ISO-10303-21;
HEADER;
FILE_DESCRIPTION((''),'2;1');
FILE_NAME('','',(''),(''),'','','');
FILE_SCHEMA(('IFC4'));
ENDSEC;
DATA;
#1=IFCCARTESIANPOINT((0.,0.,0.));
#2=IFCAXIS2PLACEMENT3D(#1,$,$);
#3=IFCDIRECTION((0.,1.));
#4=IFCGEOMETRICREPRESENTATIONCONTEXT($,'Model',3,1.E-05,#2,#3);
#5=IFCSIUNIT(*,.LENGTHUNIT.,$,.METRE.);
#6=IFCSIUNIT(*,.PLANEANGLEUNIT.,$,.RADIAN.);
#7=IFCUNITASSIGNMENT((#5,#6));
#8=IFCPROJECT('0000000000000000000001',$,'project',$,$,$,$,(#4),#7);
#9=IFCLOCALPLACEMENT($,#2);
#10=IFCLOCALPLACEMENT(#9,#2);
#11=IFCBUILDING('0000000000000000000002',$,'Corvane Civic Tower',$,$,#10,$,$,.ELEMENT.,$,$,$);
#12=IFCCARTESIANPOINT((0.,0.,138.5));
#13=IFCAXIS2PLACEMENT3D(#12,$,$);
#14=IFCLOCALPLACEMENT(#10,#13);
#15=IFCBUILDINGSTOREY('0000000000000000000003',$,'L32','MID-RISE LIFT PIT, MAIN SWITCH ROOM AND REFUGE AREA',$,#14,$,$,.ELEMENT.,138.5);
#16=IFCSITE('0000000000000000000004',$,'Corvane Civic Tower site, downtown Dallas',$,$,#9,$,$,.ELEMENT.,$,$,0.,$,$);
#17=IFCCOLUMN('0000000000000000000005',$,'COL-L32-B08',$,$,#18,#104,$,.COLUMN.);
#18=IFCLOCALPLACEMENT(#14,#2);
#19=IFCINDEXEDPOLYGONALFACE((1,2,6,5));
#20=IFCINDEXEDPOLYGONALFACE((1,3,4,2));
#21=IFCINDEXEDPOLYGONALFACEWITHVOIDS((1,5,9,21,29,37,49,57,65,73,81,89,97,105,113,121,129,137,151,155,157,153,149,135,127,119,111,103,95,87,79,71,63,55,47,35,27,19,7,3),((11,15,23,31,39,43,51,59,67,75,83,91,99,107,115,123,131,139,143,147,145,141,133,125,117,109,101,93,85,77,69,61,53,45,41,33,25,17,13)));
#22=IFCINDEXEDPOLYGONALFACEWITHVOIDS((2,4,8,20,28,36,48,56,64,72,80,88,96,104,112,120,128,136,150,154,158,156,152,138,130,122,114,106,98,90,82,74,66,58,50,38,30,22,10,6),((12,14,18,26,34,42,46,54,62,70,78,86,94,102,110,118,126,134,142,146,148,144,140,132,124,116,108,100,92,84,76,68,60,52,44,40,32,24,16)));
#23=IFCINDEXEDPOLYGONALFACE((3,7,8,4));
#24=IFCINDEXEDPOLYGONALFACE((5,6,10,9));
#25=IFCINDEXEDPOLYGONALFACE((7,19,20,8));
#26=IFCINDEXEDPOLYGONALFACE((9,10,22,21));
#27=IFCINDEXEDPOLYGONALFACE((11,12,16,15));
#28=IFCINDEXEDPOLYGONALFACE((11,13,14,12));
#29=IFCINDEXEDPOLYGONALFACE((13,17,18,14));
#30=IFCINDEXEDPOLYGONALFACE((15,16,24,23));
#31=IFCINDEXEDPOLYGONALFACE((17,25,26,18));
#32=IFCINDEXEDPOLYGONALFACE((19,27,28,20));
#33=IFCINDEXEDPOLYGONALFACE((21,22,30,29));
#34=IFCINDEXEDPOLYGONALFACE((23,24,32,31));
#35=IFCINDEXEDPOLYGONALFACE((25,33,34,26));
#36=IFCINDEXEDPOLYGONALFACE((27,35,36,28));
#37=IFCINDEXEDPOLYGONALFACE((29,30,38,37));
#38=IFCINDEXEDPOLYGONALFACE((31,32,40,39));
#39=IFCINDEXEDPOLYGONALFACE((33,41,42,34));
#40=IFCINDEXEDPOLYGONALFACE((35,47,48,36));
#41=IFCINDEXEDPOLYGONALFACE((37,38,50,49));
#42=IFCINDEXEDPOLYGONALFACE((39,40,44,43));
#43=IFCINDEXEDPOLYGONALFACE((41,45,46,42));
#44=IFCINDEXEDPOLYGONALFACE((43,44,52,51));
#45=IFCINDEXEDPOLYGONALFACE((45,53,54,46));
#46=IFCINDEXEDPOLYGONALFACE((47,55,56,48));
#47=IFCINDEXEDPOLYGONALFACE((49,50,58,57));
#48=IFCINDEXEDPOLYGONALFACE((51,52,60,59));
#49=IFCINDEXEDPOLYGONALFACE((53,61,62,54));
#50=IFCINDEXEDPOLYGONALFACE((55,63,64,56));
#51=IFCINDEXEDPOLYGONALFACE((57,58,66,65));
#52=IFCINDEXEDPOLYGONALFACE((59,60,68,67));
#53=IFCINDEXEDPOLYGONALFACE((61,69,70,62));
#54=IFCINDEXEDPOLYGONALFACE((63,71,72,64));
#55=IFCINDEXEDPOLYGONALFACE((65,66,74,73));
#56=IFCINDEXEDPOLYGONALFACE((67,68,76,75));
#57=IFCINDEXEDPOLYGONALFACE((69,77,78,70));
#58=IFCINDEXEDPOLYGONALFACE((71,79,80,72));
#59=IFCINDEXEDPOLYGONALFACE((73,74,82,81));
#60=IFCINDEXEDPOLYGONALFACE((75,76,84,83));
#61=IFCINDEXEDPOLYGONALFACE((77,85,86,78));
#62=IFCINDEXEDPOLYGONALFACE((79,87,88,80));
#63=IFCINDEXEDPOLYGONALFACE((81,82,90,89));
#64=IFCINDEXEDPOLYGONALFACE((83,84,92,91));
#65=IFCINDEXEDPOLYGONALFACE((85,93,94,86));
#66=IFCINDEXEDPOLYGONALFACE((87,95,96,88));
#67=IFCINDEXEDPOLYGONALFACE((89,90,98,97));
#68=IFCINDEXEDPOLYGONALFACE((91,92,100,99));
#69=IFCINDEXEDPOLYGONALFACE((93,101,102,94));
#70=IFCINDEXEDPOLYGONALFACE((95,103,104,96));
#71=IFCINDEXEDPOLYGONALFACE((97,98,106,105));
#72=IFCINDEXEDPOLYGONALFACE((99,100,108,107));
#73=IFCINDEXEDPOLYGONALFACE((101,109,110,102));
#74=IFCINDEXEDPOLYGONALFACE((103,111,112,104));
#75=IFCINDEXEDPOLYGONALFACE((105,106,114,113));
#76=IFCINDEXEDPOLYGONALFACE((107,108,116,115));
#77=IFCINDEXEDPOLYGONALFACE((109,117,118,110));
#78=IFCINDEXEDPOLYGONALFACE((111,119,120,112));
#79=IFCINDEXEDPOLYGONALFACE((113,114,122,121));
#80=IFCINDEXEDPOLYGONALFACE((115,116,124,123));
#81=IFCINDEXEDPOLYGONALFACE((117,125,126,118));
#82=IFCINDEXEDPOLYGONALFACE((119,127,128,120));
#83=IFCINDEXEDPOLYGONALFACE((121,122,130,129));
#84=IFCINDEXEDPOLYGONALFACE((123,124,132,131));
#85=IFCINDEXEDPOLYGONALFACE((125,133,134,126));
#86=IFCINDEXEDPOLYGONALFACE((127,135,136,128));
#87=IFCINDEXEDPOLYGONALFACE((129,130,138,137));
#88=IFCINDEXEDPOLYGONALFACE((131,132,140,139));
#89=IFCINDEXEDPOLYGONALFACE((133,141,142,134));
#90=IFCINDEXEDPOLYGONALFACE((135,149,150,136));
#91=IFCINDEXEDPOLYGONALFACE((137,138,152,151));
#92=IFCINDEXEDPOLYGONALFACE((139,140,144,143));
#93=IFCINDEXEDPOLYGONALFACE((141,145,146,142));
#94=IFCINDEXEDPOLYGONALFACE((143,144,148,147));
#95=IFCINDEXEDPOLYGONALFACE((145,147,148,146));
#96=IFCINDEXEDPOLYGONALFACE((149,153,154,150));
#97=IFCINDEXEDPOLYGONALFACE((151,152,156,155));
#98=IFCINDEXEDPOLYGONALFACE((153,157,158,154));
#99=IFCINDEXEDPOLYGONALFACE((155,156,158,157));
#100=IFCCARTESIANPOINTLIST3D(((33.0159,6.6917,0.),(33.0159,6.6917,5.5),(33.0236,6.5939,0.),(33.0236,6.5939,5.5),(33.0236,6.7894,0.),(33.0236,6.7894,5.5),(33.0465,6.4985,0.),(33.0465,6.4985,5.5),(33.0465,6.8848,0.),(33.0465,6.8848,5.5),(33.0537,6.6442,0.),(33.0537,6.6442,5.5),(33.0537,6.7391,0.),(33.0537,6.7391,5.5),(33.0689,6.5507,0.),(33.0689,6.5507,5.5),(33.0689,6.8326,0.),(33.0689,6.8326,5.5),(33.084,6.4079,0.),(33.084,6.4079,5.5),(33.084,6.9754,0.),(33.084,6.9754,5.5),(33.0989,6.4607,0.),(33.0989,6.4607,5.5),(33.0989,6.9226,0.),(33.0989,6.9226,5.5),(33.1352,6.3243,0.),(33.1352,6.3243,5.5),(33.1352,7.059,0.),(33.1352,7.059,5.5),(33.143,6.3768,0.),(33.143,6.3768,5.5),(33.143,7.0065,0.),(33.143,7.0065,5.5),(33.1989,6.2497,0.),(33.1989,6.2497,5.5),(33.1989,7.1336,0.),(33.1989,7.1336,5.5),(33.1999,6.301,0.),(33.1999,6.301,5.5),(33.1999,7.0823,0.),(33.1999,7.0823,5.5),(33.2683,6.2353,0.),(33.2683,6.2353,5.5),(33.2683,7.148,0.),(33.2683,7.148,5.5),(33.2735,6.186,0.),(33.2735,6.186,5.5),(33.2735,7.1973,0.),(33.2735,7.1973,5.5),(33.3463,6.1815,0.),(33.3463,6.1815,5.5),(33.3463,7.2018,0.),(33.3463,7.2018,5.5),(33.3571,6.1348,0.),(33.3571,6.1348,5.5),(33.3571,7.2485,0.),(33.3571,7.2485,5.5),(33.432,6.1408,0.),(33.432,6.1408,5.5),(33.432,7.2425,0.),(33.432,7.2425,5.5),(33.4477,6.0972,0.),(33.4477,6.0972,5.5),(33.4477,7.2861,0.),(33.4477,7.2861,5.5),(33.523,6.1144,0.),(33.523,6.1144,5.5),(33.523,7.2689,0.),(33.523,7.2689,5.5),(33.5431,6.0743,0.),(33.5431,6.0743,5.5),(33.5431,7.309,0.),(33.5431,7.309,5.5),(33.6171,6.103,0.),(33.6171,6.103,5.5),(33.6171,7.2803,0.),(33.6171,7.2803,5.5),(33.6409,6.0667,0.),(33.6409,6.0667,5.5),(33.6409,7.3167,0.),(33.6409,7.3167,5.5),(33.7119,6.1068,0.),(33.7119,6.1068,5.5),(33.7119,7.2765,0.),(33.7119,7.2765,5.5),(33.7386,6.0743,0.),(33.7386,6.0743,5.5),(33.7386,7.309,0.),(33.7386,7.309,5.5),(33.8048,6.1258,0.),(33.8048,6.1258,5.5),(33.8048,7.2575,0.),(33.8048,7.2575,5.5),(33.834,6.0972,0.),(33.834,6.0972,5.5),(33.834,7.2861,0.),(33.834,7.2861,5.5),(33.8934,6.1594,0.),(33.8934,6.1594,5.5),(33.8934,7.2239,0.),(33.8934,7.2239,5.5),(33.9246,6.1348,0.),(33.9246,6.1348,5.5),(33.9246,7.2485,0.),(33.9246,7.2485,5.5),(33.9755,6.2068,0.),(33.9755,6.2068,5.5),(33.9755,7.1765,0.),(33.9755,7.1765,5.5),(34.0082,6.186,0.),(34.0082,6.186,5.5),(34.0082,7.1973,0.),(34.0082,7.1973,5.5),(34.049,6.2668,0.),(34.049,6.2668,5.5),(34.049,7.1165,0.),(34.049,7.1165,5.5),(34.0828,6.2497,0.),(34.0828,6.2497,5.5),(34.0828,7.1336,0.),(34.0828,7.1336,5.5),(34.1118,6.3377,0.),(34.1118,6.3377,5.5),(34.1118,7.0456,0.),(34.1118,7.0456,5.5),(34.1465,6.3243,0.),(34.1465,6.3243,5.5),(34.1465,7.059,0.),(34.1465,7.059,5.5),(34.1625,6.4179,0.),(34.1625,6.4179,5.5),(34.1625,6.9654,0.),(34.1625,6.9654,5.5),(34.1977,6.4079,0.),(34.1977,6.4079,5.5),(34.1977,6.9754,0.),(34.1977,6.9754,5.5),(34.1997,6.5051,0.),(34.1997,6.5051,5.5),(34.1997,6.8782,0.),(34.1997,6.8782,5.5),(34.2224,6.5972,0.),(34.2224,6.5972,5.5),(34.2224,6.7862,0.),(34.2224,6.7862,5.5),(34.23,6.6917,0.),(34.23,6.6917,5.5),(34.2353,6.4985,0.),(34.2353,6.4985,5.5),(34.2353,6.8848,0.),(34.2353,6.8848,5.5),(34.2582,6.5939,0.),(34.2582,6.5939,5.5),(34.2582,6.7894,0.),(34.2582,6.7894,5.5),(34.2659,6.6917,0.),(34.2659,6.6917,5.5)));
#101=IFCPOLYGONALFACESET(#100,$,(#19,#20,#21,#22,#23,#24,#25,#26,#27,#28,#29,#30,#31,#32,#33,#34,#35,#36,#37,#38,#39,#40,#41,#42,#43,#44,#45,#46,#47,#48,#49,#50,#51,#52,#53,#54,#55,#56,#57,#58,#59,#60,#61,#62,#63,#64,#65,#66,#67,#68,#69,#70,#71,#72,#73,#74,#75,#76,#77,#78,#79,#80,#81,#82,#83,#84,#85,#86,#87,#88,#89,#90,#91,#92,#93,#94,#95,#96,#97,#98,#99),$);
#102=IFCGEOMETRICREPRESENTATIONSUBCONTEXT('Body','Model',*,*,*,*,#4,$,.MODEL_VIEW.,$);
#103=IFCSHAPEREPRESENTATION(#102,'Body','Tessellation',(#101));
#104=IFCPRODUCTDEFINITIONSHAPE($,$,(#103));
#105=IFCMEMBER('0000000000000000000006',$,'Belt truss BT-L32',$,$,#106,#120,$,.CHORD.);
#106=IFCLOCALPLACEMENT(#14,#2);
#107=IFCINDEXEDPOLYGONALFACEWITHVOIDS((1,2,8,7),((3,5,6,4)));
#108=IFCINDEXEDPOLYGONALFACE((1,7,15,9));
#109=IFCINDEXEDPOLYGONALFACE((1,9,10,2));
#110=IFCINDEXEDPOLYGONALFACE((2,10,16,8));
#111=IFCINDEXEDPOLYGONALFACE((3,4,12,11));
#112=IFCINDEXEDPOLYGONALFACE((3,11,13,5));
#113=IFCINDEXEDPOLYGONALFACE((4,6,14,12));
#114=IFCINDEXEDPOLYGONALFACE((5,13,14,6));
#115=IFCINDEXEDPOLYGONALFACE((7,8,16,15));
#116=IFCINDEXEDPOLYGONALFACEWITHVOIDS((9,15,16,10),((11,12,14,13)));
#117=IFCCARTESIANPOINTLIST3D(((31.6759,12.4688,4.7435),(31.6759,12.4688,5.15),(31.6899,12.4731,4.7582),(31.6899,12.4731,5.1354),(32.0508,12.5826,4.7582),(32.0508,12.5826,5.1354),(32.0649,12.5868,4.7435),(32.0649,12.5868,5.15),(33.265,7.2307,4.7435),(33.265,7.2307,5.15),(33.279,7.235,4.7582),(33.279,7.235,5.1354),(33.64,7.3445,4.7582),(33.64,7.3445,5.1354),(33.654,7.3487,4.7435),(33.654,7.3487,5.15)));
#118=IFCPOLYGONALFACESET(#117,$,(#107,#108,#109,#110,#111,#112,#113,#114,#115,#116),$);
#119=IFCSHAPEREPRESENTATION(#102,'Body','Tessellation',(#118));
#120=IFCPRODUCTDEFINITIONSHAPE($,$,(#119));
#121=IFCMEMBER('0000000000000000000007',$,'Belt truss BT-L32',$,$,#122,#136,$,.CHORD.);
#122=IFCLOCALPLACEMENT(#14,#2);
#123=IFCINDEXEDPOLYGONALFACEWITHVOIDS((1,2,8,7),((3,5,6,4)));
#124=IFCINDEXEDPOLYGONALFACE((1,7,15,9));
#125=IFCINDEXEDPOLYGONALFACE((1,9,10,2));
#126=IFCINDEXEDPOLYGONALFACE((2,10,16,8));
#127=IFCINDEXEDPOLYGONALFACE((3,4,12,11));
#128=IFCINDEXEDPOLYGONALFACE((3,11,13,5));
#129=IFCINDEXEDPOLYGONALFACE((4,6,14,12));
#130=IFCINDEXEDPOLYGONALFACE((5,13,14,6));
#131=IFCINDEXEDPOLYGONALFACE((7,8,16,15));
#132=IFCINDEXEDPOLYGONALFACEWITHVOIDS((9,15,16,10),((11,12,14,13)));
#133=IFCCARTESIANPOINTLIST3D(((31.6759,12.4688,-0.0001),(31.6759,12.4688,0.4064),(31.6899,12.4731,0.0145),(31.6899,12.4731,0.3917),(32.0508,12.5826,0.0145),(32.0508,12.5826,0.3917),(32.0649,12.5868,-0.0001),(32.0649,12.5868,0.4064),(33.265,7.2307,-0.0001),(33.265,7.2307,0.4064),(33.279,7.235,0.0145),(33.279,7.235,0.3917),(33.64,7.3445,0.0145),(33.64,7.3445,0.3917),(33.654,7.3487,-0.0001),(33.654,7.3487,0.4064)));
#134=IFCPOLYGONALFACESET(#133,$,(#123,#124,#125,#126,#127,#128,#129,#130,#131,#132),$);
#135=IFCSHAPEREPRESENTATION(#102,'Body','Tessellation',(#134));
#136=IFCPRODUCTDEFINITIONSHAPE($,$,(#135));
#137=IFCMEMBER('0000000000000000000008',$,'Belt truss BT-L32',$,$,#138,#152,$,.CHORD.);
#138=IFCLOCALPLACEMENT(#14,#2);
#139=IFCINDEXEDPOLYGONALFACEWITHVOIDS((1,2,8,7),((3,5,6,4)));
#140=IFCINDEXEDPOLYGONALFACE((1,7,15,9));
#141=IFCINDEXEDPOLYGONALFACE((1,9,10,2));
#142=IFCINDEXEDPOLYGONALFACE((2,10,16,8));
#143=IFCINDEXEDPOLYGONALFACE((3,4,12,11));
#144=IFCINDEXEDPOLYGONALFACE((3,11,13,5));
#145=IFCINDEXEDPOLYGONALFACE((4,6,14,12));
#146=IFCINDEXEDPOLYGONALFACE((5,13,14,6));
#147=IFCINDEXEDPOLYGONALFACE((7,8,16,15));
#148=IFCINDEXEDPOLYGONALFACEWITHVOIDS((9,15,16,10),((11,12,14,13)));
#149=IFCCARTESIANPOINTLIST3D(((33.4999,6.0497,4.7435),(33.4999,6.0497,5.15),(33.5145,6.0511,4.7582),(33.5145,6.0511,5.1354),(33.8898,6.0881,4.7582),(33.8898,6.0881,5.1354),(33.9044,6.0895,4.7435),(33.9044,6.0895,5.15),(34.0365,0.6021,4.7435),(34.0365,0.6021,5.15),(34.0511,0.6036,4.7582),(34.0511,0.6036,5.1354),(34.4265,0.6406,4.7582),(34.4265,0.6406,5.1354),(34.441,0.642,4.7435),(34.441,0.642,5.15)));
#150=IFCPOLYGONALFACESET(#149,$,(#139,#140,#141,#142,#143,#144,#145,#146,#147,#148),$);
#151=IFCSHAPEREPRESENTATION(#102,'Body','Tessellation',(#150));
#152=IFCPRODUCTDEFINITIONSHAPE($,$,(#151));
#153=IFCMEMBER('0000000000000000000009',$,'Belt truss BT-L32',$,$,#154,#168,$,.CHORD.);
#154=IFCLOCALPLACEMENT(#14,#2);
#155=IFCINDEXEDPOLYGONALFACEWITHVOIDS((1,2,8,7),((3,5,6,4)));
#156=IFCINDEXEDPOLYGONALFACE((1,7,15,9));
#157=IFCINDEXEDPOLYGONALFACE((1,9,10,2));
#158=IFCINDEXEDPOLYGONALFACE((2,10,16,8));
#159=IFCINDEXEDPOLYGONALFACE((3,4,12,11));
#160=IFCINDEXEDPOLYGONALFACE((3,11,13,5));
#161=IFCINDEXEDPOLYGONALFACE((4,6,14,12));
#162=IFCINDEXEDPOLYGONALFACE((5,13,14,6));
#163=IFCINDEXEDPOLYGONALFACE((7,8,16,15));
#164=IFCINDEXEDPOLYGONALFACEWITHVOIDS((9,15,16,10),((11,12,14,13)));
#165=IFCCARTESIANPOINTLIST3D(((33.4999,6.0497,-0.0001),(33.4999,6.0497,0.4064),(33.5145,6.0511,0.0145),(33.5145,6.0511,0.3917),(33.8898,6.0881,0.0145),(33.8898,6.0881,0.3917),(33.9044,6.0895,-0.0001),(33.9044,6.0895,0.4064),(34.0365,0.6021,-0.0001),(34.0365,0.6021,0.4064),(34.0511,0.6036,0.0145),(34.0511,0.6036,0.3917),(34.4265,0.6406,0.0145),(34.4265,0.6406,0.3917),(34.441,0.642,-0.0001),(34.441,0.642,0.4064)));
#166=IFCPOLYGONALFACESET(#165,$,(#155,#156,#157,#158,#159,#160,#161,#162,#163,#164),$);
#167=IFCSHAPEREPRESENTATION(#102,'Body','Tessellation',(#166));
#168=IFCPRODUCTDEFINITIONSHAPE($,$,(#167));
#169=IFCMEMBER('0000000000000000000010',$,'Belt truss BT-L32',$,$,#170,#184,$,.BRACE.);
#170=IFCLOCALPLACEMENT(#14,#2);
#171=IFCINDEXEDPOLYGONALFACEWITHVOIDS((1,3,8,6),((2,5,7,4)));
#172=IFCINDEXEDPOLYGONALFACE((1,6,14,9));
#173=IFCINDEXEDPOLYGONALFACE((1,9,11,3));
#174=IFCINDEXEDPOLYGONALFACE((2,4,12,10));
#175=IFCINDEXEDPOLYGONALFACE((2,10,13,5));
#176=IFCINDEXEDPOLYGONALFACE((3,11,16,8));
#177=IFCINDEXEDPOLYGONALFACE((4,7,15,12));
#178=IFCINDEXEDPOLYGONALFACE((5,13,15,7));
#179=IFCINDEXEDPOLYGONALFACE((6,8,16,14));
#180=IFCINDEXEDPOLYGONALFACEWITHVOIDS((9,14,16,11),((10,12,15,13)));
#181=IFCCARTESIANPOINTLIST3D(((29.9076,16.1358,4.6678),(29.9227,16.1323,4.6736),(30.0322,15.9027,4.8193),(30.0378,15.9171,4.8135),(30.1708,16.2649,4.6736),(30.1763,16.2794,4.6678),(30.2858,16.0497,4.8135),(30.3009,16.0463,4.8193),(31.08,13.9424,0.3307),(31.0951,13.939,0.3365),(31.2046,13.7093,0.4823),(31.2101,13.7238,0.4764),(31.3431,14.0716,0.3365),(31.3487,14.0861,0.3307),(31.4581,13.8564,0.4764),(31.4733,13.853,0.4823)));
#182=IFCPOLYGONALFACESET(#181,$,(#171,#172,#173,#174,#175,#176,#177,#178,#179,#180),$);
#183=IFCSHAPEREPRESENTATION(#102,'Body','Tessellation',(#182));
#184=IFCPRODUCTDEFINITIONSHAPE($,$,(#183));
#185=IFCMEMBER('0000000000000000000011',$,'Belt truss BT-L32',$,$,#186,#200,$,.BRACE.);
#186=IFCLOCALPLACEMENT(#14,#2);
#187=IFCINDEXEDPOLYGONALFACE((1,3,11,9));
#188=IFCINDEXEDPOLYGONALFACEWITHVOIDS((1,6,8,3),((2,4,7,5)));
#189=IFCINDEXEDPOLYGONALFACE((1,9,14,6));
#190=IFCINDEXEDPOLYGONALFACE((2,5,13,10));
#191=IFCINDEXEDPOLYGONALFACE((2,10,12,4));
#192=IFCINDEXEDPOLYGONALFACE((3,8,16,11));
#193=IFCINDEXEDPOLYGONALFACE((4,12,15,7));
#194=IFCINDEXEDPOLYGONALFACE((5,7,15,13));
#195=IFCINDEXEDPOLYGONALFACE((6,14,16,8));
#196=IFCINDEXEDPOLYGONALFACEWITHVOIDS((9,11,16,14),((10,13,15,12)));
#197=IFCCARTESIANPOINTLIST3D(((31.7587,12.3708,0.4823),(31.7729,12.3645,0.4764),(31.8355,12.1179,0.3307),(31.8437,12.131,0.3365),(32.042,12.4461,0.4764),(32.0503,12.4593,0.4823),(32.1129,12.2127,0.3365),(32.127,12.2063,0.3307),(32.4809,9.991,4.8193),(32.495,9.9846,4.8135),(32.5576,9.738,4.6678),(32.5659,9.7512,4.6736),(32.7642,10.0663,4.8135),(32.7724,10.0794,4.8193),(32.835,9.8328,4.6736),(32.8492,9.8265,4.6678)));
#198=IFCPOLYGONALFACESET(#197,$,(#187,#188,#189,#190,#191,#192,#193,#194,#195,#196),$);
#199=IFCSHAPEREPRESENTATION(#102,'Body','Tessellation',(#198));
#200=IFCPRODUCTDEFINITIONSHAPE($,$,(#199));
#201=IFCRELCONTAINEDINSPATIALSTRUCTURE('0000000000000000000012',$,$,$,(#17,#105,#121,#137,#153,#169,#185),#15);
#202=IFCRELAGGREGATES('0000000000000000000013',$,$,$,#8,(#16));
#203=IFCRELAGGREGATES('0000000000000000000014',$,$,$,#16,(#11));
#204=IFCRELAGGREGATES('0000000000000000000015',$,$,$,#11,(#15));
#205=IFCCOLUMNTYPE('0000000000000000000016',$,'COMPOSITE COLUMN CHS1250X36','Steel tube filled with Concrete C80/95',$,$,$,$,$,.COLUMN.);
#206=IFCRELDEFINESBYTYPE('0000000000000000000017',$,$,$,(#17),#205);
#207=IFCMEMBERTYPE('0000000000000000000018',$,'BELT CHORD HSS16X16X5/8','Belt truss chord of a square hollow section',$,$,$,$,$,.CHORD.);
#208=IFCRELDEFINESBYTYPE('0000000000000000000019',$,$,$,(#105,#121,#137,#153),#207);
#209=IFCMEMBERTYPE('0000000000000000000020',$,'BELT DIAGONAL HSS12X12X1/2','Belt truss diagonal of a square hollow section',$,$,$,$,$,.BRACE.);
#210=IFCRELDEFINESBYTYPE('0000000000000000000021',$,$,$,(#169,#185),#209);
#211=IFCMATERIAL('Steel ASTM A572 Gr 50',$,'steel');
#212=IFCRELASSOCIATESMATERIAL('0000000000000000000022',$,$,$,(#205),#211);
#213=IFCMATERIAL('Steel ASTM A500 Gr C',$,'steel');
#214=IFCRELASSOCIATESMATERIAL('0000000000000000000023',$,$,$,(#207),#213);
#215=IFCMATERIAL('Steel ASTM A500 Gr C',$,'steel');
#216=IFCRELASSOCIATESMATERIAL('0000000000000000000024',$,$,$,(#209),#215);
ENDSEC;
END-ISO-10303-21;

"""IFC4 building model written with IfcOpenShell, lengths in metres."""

from ifc_helpers import new_model, si_unit, direction, frame, origin, origin_2d, place, context, subcontext, project, spatial, hollow_rectangle, hollow_circle, extrude, material, material_profile, profile_set, type_object, element, save


model = new_model("IFC4")

# Units and contexts
model_context = context("Model", 3, precision=1e-05, world=origin(), true_north=direction((0.0, 1.0)))
body_context = subcontext(model_context, "Body", "Model", "MODEL_VIEW")
ifc_project = project(units=[si_unit("LENGTHUNIT", "METRE"), si_unit("PLANEANGLEUNIT", "RADIAN")], contexts=[model_context])

# Site, building, storey
site_placement = place(None, origin())
site = spatial("IfcSite", under=ifc_project, at=site_placement, Name="Corvane Civic Tower site, downtown Dallas", CompositionType="ELEMENT", RefElevation=0.0)
building_placement = place(site_placement, origin())
building = spatial("IfcBuilding", under=site, at=building_placement, Name="Corvane Civic Tower", CompositionType="ELEMENT")
storey_placement = place(building_placement, frame((0.0, 0.0, 138.5)))
storey = spatial("IfcBuildingStorey", under=building, at=storey_placement, Name="L32", Description="MID-RISE LIFT PIT, MAIN SWITCH ROOM AND REFUGE AREA", CompositionType="ELEMENT", Elevation=138.5)

# Column
ifc_material_1 = material(Name="Steel ASTM A572 Gr 50", Category="steel")
ifc_material_profile_1 = material_profile(ifc_material_1, hollow_circle(Radius=0.625, WallThickness=0.0359, at=origin_2d()), Name="CHS1250X36")
ifc_profile_set_1 = profile_set([ifc_material_profile_1], Name="Steel ASTM A572 Gr 50")
column_type_1 = type_object("IfcColumnType", Name="COMPOSITE COLUMN CHS1250X36", Description="Steel tube filled with Concrete C80/95", PredefinedType="COLUMN", material=ifc_profile_set_1)
for number, where, z_axis, x_axis, name in (
    (1, (33.6409, 6.6917, 0.0), (0.0, 0.0, 1.0), (1.0, 0.0, 0.0), "COL-L32-B08"),
):
    element("IfcColumn", number, at=place(storey_placement, frame(where, z_axis=z_axis, x_axis=x_axis)), inside=storey, type_object=column_type_1, Name=name, PredefinedType="COLUMN", context=body_context, shape_type="SweptSolid", body=[
        extrude(hollow_circle(Radius=0.625, WallThickness=0.0359, at=origin_2d()), origin(), (0.0, 0.0, 1.0), 5.5),
    ])

# Members
ifc_material_2 = material(Name="Steel ASTM A500 Gr C", Category="steel")
ifc_material_profile_2 = material_profile(ifc_material_2, hollow_rectangle(XDim=0.4065, YDim=0.4065, WallThickness=0.0146, at=origin_2d()), Name="HSS16X16X5/8")
ifc_profile_set_2 = profile_set([ifc_material_profile_2], Name="Steel ASTM A500 Gr C")
member_type_1 = type_object("IfcMemberType", Name="BELT CHORD HSS16X16X5/8", Description="Belt truss chord of a square hollow section", PredefinedType="CHORD", material=ifc_profile_set_2)
for number, where, z_axis, x_axis, name in (
    (2, (31.8704, 12.5278, 4.9468), (0.290313, -0.956932, 0.0), (0.956932, 0.290313, 0.0), "Belt truss BT-L32"),
    (3, (31.8704, 12.5278, 0.2031), (0.290313, -0.956932, 0.0), (0.956932, 0.290313, 0.0), "Belt truss BT-L32"),
    (4, (33.7021, 6.0696, 4.9468), (0.098033, -0.995183, 0.0), (0.995183, 0.098033, 0.0), "Belt truss BT-L32"),
    (5, (33.7021, 6.0696, 0.2031), (0.098033, -0.995183, 0.0), (0.995183, 0.098033, 0.0), "Belt truss BT-L32"),
):
    element("IfcMember", number, at=place(storey_placement, frame(where, z_axis=z_axis, x_axis=x_axis)), inside=storey, type_object=member_type_1, Name=name, PredefinedType="CHORD", context=body_context, shape_type="SweptSolid", body=[
        extrude(hollow_rectangle(XDim=0.4065, YDim=0.4065, WallThickness=0.0146, at=origin_2d()), origin(), (0.0, 0.0, 1.0), 5.4739),
    ])
ifc_material_3 = material(Name="Steel ASTM A500 Gr C", Category="steel")
ifc_material_profile_3 = material_profile(ifc_material_3, hollow_rectangle(XDim=0.3047, YDim=0.3047, WallThickness=0.0117, at=origin_2d()), Name="HSS12X12X1/2")
ifc_profile_set_3 = profile_set([ifc_material_profile_3], Name="Steel ASTM A500 Gr C")
member_type_2 = type_object("IfcMemberType", Name="BELT DIAGONAL HSS12X12X1/2", Description="Belt truss diagonal of a square hollow section", PredefinedType="BRACE", material=ifc_profile_set_3)
for number, where, z_axis, x_axis, name in (
    (6, (31.2766, 13.8977, 0.4065), (-0.23449, 0.438705, 0.867498), (-0.881923, -0.471393, 0.0), "Belt truss BT-L32"),
    (7, (31.9429, 12.2886, 0.4065), (0.144444, -0.476012, 0.867496), (0.956914, 0.290372, 0.0), "Belt truss BT-L32"),
):
    element("IfcMember", number, at=place(storey_placement, frame(where, z_axis=z_axis, x_axis=x_axis)), inside=storey, type_object=member_type_2, Name=name, PredefinedType="BRACE", context=body_context, shape_type="SweptSolid", body=[
        extrude(hollow_rectangle(XDim=0.3047, YDim=0.3047, WallThickness=0.0117, at=origin_2d()), origin(), (0.0, 0.0, 1.0), 4.9995),
    ])

save(model, "model.ifc")
